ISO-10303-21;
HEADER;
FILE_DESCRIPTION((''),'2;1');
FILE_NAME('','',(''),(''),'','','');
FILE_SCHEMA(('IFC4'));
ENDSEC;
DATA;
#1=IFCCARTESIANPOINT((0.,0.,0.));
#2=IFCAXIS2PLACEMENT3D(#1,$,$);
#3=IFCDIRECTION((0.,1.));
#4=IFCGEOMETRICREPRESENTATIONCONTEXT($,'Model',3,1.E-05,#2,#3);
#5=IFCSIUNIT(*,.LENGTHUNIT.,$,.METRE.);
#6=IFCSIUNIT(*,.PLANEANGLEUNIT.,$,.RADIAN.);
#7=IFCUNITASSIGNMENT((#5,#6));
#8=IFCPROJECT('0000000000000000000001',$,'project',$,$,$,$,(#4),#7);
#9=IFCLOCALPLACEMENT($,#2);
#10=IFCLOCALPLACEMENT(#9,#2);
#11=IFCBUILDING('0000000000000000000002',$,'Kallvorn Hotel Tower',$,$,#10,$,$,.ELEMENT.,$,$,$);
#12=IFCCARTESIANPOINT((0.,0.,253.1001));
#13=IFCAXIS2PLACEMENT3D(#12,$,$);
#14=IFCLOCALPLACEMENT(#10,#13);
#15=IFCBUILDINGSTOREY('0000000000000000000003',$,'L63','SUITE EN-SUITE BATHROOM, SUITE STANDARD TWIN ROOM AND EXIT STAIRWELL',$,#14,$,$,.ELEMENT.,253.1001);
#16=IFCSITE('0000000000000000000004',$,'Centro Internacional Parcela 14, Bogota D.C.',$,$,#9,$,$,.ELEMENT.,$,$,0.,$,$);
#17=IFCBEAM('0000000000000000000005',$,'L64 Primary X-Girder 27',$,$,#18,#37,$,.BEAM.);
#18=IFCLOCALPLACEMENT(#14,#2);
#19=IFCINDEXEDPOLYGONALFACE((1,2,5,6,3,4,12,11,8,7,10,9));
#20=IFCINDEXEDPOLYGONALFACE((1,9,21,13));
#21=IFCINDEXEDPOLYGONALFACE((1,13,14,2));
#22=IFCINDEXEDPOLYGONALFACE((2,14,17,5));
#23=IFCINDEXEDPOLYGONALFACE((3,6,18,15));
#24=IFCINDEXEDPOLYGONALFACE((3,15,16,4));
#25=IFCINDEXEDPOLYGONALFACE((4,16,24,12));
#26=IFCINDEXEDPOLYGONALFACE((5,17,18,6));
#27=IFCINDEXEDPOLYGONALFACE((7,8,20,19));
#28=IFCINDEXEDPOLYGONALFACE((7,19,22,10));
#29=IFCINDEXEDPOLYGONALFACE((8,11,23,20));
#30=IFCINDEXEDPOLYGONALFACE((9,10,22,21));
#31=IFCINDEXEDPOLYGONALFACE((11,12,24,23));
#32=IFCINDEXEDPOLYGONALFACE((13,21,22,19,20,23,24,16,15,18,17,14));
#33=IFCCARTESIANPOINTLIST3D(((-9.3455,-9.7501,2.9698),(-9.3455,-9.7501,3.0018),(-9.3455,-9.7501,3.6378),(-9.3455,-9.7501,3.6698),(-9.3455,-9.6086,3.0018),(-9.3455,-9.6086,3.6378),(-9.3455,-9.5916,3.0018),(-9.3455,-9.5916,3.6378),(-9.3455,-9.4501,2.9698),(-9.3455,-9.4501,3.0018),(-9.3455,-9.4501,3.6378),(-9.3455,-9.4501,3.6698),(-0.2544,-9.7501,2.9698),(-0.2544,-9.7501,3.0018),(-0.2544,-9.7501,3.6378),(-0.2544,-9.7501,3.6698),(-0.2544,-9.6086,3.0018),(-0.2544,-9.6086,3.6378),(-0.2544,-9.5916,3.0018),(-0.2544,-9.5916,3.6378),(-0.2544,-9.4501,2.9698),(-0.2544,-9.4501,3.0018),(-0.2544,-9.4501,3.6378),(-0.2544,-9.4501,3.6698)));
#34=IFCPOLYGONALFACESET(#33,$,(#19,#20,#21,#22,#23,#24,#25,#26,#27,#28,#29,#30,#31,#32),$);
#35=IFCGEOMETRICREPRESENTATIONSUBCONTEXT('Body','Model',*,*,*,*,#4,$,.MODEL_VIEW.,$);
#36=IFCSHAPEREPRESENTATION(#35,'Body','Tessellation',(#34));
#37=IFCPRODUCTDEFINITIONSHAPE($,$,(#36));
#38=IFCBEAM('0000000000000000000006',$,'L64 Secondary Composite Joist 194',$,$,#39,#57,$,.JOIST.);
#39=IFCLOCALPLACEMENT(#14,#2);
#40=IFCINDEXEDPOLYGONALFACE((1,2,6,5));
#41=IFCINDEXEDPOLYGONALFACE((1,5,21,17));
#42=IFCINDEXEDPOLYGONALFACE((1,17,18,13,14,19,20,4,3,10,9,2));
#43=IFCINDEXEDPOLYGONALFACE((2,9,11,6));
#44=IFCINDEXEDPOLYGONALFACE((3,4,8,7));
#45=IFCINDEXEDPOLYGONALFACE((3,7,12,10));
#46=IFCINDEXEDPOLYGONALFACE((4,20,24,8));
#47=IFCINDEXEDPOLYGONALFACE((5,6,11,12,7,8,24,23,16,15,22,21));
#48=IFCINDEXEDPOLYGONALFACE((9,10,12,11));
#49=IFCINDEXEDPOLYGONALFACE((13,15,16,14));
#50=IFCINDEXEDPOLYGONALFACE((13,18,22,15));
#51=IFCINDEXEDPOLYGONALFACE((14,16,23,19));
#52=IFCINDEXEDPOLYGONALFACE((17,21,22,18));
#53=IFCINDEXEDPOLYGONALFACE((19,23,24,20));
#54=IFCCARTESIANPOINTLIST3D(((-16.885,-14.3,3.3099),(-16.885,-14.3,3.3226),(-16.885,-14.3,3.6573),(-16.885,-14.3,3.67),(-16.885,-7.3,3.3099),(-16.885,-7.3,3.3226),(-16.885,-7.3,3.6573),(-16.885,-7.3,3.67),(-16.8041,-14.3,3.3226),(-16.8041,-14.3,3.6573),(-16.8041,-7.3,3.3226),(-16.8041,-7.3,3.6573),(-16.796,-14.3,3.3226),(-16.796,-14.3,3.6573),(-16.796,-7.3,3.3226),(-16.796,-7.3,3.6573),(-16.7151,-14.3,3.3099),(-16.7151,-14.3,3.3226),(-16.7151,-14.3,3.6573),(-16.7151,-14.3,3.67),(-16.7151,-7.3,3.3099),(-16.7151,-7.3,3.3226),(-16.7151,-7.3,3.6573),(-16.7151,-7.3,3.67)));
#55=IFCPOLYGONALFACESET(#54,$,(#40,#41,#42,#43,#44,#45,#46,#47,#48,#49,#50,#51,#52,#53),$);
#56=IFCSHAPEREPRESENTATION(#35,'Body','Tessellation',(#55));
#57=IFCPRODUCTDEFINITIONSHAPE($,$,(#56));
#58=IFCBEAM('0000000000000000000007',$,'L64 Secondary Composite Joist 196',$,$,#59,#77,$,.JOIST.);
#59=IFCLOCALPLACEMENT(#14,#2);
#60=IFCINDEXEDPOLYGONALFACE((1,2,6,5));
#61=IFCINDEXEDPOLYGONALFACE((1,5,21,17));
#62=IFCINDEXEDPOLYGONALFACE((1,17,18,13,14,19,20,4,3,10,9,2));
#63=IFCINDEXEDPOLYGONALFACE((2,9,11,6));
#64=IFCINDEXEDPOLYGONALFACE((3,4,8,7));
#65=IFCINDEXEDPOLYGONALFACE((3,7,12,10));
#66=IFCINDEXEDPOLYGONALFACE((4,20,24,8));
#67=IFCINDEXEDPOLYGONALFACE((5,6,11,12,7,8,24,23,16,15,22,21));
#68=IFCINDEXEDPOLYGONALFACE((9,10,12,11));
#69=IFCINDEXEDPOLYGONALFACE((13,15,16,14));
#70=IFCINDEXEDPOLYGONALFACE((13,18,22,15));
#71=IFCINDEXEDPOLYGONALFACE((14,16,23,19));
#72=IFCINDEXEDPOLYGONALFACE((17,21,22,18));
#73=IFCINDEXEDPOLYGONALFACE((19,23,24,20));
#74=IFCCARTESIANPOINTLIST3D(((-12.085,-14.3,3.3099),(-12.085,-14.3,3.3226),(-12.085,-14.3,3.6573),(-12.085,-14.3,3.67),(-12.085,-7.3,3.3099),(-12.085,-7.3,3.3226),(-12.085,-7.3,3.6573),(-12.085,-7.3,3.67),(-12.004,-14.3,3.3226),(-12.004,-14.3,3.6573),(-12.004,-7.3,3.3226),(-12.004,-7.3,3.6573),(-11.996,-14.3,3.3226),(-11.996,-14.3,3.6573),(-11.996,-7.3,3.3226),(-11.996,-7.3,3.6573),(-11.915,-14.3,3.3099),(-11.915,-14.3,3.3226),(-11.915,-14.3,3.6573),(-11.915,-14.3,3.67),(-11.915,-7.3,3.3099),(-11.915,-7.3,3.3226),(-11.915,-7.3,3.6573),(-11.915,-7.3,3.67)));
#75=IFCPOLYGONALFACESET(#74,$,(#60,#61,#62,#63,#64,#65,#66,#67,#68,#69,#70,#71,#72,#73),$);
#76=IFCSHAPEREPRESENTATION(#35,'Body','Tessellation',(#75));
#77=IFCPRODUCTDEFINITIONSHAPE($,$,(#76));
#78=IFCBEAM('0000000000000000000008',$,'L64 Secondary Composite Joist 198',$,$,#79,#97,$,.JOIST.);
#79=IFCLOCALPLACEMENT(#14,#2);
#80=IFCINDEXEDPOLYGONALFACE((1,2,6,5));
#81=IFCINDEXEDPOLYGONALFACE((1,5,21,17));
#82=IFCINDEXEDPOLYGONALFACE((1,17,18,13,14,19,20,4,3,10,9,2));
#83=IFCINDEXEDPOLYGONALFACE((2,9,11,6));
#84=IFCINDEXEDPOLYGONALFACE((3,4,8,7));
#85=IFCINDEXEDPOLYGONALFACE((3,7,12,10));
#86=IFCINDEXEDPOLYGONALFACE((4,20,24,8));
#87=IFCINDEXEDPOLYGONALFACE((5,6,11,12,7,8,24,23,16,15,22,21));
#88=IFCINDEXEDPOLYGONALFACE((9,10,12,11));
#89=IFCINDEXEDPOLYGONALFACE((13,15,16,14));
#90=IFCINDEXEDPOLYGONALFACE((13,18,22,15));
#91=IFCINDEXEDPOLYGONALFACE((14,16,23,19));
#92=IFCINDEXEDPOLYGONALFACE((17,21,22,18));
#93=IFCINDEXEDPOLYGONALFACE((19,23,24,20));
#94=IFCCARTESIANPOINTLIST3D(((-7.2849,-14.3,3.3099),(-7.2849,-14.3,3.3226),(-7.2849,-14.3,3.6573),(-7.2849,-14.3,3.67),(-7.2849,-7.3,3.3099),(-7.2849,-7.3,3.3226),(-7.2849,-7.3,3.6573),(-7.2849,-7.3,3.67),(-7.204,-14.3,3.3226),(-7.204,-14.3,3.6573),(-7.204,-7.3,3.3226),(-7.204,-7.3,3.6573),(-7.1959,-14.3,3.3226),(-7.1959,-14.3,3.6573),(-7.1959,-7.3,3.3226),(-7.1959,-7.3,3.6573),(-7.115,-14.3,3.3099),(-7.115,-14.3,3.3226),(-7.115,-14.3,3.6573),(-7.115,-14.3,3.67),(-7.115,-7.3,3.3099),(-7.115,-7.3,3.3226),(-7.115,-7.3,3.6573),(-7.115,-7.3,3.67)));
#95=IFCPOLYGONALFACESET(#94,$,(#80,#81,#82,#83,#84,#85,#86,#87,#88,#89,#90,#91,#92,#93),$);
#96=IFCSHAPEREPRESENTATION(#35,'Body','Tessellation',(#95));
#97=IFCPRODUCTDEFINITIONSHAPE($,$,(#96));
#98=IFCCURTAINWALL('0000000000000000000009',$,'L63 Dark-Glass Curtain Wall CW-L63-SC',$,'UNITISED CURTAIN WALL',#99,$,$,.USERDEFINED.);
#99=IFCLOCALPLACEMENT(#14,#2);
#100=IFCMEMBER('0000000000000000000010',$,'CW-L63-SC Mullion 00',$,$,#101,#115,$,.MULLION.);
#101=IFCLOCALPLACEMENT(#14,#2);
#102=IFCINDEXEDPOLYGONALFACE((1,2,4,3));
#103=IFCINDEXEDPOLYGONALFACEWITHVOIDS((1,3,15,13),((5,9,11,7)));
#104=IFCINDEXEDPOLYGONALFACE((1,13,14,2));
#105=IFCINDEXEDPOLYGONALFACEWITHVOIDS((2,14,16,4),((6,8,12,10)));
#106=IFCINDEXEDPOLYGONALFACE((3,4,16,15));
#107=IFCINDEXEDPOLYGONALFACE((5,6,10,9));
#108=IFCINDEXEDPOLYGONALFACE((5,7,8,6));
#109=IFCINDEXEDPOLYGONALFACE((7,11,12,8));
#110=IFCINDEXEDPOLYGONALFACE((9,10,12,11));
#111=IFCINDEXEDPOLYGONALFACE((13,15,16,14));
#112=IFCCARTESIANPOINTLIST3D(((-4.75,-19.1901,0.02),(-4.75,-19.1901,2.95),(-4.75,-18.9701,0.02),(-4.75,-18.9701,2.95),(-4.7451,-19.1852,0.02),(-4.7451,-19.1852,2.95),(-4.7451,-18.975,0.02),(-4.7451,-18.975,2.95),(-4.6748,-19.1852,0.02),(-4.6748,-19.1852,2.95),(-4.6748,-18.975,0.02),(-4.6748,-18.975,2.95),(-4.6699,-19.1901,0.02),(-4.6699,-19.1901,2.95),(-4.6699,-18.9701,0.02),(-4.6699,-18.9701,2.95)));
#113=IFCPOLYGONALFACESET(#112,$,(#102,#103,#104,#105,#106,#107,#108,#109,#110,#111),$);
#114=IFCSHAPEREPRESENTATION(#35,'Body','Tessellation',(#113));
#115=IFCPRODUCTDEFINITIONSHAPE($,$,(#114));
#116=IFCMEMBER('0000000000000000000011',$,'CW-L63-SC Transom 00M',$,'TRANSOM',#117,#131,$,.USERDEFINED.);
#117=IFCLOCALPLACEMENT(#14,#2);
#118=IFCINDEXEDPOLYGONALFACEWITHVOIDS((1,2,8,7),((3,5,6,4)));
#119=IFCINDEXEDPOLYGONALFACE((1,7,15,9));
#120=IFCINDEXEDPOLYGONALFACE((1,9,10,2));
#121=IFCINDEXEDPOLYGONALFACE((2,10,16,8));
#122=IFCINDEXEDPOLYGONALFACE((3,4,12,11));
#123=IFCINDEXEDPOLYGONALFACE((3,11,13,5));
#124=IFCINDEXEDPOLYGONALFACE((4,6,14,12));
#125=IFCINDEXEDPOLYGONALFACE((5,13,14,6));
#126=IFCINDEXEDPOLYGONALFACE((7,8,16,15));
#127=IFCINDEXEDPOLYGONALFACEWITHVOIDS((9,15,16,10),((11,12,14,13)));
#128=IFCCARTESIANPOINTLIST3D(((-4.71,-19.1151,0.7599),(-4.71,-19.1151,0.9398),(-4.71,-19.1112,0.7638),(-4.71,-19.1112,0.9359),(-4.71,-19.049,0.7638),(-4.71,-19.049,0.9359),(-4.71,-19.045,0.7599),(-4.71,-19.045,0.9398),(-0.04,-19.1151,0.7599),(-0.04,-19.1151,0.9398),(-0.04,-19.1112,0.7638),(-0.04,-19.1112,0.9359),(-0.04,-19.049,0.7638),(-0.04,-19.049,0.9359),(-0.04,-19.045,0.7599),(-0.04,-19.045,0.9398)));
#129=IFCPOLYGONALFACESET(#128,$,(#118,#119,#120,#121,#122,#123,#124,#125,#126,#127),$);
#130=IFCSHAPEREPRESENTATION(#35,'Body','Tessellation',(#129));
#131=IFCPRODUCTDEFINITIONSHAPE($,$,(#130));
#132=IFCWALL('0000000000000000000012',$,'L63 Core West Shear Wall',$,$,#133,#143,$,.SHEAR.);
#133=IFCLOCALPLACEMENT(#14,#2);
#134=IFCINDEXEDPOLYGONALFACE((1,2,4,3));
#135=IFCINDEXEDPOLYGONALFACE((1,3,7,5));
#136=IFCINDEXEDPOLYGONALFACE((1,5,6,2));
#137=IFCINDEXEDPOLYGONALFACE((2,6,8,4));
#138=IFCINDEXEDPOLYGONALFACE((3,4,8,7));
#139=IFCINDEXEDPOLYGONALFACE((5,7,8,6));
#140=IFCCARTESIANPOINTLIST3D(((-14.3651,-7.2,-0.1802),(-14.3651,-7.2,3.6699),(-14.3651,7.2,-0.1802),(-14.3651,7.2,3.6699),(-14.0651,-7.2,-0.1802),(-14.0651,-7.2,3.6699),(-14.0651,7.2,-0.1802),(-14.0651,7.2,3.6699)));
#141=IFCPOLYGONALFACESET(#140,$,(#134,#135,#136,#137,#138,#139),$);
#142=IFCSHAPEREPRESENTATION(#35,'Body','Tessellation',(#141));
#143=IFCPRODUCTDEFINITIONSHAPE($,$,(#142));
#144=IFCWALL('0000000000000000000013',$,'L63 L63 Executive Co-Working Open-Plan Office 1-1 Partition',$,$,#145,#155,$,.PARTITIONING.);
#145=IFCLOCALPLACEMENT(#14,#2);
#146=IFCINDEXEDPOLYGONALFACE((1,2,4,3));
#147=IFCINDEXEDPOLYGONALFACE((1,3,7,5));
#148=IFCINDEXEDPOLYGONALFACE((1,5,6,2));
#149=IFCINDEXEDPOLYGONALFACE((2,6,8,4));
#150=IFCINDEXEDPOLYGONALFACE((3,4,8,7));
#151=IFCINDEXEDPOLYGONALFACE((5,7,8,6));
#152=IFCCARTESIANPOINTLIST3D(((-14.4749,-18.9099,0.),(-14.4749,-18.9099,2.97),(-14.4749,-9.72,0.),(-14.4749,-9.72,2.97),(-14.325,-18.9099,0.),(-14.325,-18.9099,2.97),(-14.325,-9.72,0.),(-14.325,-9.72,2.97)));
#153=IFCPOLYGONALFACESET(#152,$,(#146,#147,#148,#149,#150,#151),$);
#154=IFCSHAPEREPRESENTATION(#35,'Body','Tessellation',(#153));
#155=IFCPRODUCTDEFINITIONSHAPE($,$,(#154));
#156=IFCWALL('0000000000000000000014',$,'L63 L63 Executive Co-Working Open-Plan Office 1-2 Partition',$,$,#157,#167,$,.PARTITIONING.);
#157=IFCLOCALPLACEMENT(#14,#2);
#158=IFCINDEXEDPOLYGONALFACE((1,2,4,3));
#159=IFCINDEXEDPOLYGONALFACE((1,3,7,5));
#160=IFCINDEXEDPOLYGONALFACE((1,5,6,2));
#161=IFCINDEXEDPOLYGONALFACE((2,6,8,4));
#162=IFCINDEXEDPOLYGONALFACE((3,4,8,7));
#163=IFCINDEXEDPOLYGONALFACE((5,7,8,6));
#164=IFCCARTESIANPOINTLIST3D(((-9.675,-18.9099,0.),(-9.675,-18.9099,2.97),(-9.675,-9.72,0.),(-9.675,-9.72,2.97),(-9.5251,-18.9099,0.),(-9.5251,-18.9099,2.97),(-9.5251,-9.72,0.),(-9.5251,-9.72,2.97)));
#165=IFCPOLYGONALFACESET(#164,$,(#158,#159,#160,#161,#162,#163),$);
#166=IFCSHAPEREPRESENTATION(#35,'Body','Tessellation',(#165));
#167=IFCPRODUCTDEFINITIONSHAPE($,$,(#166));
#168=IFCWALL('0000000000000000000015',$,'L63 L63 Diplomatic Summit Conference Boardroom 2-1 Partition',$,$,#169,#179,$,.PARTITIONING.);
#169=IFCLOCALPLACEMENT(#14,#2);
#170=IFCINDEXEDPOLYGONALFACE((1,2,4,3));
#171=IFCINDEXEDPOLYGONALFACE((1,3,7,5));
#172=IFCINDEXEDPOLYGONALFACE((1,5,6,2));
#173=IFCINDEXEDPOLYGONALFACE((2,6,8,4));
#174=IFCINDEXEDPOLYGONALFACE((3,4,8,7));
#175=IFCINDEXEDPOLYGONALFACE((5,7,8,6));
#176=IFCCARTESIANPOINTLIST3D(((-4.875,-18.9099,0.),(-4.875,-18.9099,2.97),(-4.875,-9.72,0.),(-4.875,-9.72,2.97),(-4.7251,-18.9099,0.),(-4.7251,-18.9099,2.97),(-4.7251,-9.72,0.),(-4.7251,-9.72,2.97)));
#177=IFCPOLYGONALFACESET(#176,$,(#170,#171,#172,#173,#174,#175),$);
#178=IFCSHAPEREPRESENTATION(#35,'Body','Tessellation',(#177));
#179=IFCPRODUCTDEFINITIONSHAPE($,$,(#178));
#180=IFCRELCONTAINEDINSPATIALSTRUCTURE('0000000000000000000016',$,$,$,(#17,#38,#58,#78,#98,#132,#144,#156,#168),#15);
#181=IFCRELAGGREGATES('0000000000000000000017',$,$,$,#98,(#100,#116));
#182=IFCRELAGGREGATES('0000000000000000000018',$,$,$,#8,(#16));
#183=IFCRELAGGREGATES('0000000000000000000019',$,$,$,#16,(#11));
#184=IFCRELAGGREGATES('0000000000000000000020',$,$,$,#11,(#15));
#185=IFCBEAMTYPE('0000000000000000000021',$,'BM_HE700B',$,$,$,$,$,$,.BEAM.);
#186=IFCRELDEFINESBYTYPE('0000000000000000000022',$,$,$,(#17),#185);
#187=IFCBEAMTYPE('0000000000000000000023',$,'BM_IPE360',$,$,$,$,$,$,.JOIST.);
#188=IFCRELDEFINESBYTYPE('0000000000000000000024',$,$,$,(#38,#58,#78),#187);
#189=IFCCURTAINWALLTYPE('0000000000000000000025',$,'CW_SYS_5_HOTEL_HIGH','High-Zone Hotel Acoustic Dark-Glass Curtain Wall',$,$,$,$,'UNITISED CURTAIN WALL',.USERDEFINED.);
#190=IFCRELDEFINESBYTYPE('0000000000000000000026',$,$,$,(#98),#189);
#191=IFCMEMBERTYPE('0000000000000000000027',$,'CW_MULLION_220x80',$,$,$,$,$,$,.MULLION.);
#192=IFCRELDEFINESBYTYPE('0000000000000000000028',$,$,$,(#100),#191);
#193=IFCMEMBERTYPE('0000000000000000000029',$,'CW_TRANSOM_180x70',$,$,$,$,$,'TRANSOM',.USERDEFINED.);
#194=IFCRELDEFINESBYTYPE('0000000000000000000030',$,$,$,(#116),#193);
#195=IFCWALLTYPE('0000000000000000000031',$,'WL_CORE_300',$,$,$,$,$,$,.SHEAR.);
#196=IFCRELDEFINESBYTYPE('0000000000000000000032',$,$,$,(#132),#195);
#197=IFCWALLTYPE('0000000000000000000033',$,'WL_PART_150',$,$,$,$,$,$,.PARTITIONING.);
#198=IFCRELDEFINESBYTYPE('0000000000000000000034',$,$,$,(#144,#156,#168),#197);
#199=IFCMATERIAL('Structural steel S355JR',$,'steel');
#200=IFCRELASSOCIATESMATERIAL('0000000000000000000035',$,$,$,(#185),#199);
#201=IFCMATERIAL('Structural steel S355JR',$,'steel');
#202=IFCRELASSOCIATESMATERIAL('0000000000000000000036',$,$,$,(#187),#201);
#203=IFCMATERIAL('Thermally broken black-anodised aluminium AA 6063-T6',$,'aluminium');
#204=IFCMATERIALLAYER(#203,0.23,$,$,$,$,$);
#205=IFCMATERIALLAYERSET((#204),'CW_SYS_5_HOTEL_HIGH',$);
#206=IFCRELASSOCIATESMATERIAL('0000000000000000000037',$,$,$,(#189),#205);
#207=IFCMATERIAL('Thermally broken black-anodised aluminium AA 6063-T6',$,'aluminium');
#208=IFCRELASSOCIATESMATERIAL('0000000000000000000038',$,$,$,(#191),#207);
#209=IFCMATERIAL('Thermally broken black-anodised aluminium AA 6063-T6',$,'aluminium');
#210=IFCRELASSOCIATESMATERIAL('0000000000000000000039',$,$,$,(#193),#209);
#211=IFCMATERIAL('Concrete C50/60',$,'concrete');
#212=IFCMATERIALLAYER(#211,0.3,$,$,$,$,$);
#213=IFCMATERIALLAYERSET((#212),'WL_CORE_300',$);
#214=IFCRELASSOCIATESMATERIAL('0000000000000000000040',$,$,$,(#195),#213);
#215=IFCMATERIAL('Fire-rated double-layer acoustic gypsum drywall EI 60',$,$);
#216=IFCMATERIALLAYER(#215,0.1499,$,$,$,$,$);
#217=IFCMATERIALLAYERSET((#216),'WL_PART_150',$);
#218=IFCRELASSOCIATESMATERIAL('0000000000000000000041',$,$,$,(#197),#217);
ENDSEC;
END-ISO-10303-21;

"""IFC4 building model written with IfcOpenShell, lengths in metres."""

from ifc_helpers import new_model, si_unit, direction, frame, frame_2d, origin, origin_2d, place, context, subcontext, project, spatial, rectangle, hollow_rectangle, i_section, extrude, material, layer, layer_set, material_profile, profile_set, type_object, element, aggregate, save


model = new_model("IFC4")

# Units and contexts
model_context = context("Model", 3, precision=1e-05, world=origin(), true_north=direction((0.0, 1.0)))
body_context = subcontext(model_context, "Body", "Model", "MODEL_VIEW")
ifc_project = project(units=[si_unit("LENGTHUNIT", "METRE"), si_unit("PLANEANGLEUNIT", "RADIAN")], contexts=[model_context])

# Site, building, storey
site_placement = place(None, origin())
site = spatial("IfcSite", under=ifc_project, at=site_placement, Name="Centro Internacional Parcela 14, Bogota D.C.", CompositionType="ELEMENT", RefElevation=0.0)
building_placement = place(site_placement, origin())
building = spatial("IfcBuilding", under=site, at=building_placement, Name="Kallvorn Hotel Tower", CompositionType="ELEMENT")
storey_placement = place(building_placement, frame((0.0, 0.0, 253.1001)))
storey = spatial("IfcBuildingStorey", under=building, at=storey_placement, Name="L63", Description="SUITE EN-SUITE BATHROOM, SUITE STANDARD TWIN ROOM AND EXIT STAIRWELL", CompositionType="ELEMENT", Elevation=253.1001)

# Beams
ifc_material_1 = material(Name="Structural steel S355JR", Category="steel")
ifc_material_profile_1 = material_profile(ifc_material_1, i_section(OverallWidth=0.3, OverallDepth=0.7, WebThickness=0.0171, FlangeThickness=0.032, at=origin_2d()), Name="HE 700 B")
ifc_profile_set_1 = profile_set([ifc_material_profile_1], Name="Structural steel S355JR")
beam_type_1 = type_object("IfcBeamType", Name="BM_HE700B", PredefinedType="BEAM", material=ifc_profile_set_1)
for number, where, z_axis, x_axis, name in (
    (1, (-9.3455, -9.6001, 3.3198), (1.0, 0.0, 0.0), (0.0, 1.0, 0.0), "L64 Primary X-Girder 27"),
):
    element("IfcBeam", number, at=place(storey_placement, frame(where, z_axis=z_axis, x_axis=x_axis)), inside=storey, type_object=beam_type_1, Name=name, PredefinedType="BEAM", context=body_context, shape_type="SweptSolid", body=[
        extrude(i_section(OverallWidth=0.3, OverallDepth=0.7, WebThickness=0.0171, FlangeThickness=0.032, at=origin_2d()), origin(), (0.0, 0.0, 1.0), 9.0911),
    ])
ifc_material_2 = material(Name="Structural steel S355JR", Category="steel")
ifc_material_profile_2 = material_profile(ifc_material_2, i_section(OverallWidth=0.1699, OverallDepth=0.3601, WebThickness=0.0081, FlangeThickness=0.0127, at=origin_2d()), Name="IPE 360")
ifc_profile_set_2 = profile_set([ifc_material_profile_2], Name="Structural steel S355JR")
beam_type_2 = type_object("IfcBeamType", Name="BM_IPE360", PredefinedType="JOIST", material=ifc_profile_set_2)
for number, where, z_axis, x_axis, name in (
    (2, (-16.8, -14.3, 3.49), (0.0, 1.0, 0.0), (-1.0, 0.0, 0.0), "L64 Secondary Composite Joist 194"),
    (3, (-12.0, -14.3, 3.49), (0.0, 1.0, 0.0), (-1.0, 0.0, 0.0), "L64 Secondary Composite Joist 196"),
    (4, (-7.2, -14.3, 3.49), (0.0, 1.0, 0.0), (-1.0, 0.0, 0.0), "L64 Secondary Composite Joist 198"),
):
    element("IfcBeam", number, at=place(storey_placement, frame(where, z_axis=z_axis, x_axis=x_axis)), inside=storey, type_object=beam_type_2, Name=name, PredefinedType="JOIST", context=body_context, shape_type="SweptSolid", body=[
        extrude(i_section(OverallWidth=0.1699, OverallDepth=0.3601, WebThickness=0.0081, FlangeThickness=0.0127, at=origin_2d()), origin(), (0.0, 0.0, 1.0), 7.0),
    ])

# Curtain wall, members
ifc_material_3 = material(Name="Thermally broken black-anodised aluminium AA 6063-T6", Category="aluminium")
ifc_layer_1 = layer(ifc_material_3, 0.23)
ifc_layer_set_1 = layer_set([ifc_layer_1], Name="CW_SYS_5_HOTEL_HIGH")
curtain_wall_type = type_object("IfcCurtainWallType", Name="CW_SYS_5_HOTEL_HIGH", Description="High-Zone Hotel Acoustic Dark-Glass Curtain Wall", ElementType="UNITISED CURTAIN WALL", PredefinedType="USERDEFINED", material=ifc_layer_set_1)
curtain_wall_placement = place(storey_placement, origin())
curtain_wall = element("IfcCurtainWall", 5, at=curtain_wall_placement, inside=storey, type_object=curtain_wall_type, Name="L63 Dark-Glass Curtain Wall CW-L63-SC", ObjectType="UNITISED CURTAIN WALL", PredefinedType="USERDEFINED")
ifc_material_4 = material(Name="Thermally broken black-anodised aluminium AA 6063-T6", Category="aluminium")
ifc_material_profile_3 = material_profile(ifc_material_4, hollow_rectangle(XDim=0.0801, YDim=0.22, WallThickness=0.0049, at=origin_2d()), Name="MUL 220x80")
ifc_profile_set_3 = profile_set([ifc_material_profile_3], Name="Thermally broken black-anodised aluminium AA 6063-T6")
member_type_1 = type_object("IfcMemberType", Name="CW_MULLION_220x80", PredefinedType="MULLION", material=ifc_profile_set_3)
member_1_placement = place(storey_placement, frame((-4.71, -19.0801, 0.02), z_axis=(0.0, 0.0, 1.0), x_axis=(1.0, 0.0, 0.0)))
member_1 = element("IfcMember", 6, at=member_1_placement, type_object=member_type_1, Name="CW-L63-SC Mullion 00", PredefinedType="MULLION", context=body_context, shape_type="SweptSolid", body=[
    extrude(hollow_rectangle(XDim=0.0801, YDim=0.22, WallThickness=0.0049, at=origin_2d()), origin(), (0.0, 0.0, 1.0), 2.9299),
])
ifc_material_5 = material(Name="Thermally broken black-anodised aluminium AA 6063-T6", Category="aluminium")
ifc_material_profile_4 = material_profile(ifc_material_5, hollow_rectangle(XDim=0.0701, YDim=0.1799, WallThickness=0.0039, at=origin_2d()), Name="TRN 180x70")
ifc_profile_set_4 = profile_set([ifc_material_profile_4], Name="Thermally broken black-anodised aluminium AA 6063-T6")
member_type_2 = type_object("IfcMemberType", Name="CW_TRANSOM_180x70", ElementType="TRANSOM", PredefinedType="USERDEFINED", material=ifc_profile_set_4)
member_2_placement = place(storey_placement, frame((-4.71, -19.0801, 0.8499), z_axis=(1.0, 0.0, 0.0), x_axis=(0.0, 1.0, 0.0)))
member_2 = element("IfcMember", 7, at=member_2_placement, type_object=member_type_2, Name="CW-L63-SC Transom 00M", ObjectType="TRANSOM", PredefinedType="USERDEFINED", context=body_context, shape_type="SweptSolid", body=[
    extrude(hollow_rectangle(XDim=0.0701, YDim=0.1799, WallThickness=0.0039, at=origin_2d()), origin(), (0.0, 0.0, 1.0), 4.6699),
])
aggregate(curtain_wall, [member_1, member_2])

# Walls
ifc_material_6 = material(Name="Concrete C50/60", Category="concrete")
ifc_layer_2 = layer(ifc_material_6, 0.3)
ifc_layer_set_2 = layer_set([ifc_layer_2], Name="WL_CORE_300")
wall_type_1 = type_object("IfcWallType", Name="WL_CORE_300", PredefinedType="SHEAR", material=ifc_layer_set_2)
wall_placement = place(storey_placement, frame((-14.2151, -7.2, -0.1802), z_axis=(0.0, 0.0, 1.0), x_axis=(0.0, 1.0, 0.0)))
element("IfcWall", 8, at=wall_placement, inside=storey, type_object=wall_type_1, Name="L63 Core West Shear Wall", PredefinedType="SHEAR", context=body_context, shape_type="SweptSolid", body=[
    extrude(rectangle(XDim=14.3999, YDim=0.3, at=frame_2d((7.2, 0.0))), origin(), (0.0, 0.0, 1.0), 3.8501),
])
ifc_material_7 = material(Name="Fire-rated double-layer acoustic gypsum drywall EI 60")
ifc_layer_3 = layer(ifc_material_7, 0.1499)
ifc_layer_set_3 = layer_set([ifc_layer_3], Name="WL_PART_150")
wall_type_2 = type_object("IfcWallType", Name="WL_PART_150", PredefinedType="PARTITIONING", material=ifc_layer_set_3)
for number, where, z_axis, x_axis, name in (
    (9, (-14.3999, -18.9099, 0.0), (0.0, 0.0, 1.0), (0.0, 1.0, 0.0), "L63 L63 Executive Co-Working Open-Plan Office 1-1 Partition"),
    (10, (-9.6001, -18.9099, 0.0), (0.0, 0.0, 1.0), (0.0, 1.0, 0.0), "L63 L63 Executive Co-Working Open-Plan Office 1-2 Partition"),
    (11, (-4.8, -18.9099, 0.0), (0.0, 0.0, 1.0), (0.0, 1.0, 0.0), "L63 L63 Diplomatic Summit Conference Boardroom 2-1 Partition"),
):
    element("IfcWall", number, at=place(storey_placement, frame(where, z_axis=z_axis, x_axis=x_axis)), inside=storey, type_object=wall_type_2, Name=name, PredefinedType="PARTITIONING", context=body_context, shape_type="SweptSolid", body=[
        extrude(rectangle(XDim=9.1899, YDim=0.1499, at=frame_2d((4.595, 0.0))), origin(), (0.0, 0.0, 1.0), 2.97),
    ])

save(model, "model.ifc")
